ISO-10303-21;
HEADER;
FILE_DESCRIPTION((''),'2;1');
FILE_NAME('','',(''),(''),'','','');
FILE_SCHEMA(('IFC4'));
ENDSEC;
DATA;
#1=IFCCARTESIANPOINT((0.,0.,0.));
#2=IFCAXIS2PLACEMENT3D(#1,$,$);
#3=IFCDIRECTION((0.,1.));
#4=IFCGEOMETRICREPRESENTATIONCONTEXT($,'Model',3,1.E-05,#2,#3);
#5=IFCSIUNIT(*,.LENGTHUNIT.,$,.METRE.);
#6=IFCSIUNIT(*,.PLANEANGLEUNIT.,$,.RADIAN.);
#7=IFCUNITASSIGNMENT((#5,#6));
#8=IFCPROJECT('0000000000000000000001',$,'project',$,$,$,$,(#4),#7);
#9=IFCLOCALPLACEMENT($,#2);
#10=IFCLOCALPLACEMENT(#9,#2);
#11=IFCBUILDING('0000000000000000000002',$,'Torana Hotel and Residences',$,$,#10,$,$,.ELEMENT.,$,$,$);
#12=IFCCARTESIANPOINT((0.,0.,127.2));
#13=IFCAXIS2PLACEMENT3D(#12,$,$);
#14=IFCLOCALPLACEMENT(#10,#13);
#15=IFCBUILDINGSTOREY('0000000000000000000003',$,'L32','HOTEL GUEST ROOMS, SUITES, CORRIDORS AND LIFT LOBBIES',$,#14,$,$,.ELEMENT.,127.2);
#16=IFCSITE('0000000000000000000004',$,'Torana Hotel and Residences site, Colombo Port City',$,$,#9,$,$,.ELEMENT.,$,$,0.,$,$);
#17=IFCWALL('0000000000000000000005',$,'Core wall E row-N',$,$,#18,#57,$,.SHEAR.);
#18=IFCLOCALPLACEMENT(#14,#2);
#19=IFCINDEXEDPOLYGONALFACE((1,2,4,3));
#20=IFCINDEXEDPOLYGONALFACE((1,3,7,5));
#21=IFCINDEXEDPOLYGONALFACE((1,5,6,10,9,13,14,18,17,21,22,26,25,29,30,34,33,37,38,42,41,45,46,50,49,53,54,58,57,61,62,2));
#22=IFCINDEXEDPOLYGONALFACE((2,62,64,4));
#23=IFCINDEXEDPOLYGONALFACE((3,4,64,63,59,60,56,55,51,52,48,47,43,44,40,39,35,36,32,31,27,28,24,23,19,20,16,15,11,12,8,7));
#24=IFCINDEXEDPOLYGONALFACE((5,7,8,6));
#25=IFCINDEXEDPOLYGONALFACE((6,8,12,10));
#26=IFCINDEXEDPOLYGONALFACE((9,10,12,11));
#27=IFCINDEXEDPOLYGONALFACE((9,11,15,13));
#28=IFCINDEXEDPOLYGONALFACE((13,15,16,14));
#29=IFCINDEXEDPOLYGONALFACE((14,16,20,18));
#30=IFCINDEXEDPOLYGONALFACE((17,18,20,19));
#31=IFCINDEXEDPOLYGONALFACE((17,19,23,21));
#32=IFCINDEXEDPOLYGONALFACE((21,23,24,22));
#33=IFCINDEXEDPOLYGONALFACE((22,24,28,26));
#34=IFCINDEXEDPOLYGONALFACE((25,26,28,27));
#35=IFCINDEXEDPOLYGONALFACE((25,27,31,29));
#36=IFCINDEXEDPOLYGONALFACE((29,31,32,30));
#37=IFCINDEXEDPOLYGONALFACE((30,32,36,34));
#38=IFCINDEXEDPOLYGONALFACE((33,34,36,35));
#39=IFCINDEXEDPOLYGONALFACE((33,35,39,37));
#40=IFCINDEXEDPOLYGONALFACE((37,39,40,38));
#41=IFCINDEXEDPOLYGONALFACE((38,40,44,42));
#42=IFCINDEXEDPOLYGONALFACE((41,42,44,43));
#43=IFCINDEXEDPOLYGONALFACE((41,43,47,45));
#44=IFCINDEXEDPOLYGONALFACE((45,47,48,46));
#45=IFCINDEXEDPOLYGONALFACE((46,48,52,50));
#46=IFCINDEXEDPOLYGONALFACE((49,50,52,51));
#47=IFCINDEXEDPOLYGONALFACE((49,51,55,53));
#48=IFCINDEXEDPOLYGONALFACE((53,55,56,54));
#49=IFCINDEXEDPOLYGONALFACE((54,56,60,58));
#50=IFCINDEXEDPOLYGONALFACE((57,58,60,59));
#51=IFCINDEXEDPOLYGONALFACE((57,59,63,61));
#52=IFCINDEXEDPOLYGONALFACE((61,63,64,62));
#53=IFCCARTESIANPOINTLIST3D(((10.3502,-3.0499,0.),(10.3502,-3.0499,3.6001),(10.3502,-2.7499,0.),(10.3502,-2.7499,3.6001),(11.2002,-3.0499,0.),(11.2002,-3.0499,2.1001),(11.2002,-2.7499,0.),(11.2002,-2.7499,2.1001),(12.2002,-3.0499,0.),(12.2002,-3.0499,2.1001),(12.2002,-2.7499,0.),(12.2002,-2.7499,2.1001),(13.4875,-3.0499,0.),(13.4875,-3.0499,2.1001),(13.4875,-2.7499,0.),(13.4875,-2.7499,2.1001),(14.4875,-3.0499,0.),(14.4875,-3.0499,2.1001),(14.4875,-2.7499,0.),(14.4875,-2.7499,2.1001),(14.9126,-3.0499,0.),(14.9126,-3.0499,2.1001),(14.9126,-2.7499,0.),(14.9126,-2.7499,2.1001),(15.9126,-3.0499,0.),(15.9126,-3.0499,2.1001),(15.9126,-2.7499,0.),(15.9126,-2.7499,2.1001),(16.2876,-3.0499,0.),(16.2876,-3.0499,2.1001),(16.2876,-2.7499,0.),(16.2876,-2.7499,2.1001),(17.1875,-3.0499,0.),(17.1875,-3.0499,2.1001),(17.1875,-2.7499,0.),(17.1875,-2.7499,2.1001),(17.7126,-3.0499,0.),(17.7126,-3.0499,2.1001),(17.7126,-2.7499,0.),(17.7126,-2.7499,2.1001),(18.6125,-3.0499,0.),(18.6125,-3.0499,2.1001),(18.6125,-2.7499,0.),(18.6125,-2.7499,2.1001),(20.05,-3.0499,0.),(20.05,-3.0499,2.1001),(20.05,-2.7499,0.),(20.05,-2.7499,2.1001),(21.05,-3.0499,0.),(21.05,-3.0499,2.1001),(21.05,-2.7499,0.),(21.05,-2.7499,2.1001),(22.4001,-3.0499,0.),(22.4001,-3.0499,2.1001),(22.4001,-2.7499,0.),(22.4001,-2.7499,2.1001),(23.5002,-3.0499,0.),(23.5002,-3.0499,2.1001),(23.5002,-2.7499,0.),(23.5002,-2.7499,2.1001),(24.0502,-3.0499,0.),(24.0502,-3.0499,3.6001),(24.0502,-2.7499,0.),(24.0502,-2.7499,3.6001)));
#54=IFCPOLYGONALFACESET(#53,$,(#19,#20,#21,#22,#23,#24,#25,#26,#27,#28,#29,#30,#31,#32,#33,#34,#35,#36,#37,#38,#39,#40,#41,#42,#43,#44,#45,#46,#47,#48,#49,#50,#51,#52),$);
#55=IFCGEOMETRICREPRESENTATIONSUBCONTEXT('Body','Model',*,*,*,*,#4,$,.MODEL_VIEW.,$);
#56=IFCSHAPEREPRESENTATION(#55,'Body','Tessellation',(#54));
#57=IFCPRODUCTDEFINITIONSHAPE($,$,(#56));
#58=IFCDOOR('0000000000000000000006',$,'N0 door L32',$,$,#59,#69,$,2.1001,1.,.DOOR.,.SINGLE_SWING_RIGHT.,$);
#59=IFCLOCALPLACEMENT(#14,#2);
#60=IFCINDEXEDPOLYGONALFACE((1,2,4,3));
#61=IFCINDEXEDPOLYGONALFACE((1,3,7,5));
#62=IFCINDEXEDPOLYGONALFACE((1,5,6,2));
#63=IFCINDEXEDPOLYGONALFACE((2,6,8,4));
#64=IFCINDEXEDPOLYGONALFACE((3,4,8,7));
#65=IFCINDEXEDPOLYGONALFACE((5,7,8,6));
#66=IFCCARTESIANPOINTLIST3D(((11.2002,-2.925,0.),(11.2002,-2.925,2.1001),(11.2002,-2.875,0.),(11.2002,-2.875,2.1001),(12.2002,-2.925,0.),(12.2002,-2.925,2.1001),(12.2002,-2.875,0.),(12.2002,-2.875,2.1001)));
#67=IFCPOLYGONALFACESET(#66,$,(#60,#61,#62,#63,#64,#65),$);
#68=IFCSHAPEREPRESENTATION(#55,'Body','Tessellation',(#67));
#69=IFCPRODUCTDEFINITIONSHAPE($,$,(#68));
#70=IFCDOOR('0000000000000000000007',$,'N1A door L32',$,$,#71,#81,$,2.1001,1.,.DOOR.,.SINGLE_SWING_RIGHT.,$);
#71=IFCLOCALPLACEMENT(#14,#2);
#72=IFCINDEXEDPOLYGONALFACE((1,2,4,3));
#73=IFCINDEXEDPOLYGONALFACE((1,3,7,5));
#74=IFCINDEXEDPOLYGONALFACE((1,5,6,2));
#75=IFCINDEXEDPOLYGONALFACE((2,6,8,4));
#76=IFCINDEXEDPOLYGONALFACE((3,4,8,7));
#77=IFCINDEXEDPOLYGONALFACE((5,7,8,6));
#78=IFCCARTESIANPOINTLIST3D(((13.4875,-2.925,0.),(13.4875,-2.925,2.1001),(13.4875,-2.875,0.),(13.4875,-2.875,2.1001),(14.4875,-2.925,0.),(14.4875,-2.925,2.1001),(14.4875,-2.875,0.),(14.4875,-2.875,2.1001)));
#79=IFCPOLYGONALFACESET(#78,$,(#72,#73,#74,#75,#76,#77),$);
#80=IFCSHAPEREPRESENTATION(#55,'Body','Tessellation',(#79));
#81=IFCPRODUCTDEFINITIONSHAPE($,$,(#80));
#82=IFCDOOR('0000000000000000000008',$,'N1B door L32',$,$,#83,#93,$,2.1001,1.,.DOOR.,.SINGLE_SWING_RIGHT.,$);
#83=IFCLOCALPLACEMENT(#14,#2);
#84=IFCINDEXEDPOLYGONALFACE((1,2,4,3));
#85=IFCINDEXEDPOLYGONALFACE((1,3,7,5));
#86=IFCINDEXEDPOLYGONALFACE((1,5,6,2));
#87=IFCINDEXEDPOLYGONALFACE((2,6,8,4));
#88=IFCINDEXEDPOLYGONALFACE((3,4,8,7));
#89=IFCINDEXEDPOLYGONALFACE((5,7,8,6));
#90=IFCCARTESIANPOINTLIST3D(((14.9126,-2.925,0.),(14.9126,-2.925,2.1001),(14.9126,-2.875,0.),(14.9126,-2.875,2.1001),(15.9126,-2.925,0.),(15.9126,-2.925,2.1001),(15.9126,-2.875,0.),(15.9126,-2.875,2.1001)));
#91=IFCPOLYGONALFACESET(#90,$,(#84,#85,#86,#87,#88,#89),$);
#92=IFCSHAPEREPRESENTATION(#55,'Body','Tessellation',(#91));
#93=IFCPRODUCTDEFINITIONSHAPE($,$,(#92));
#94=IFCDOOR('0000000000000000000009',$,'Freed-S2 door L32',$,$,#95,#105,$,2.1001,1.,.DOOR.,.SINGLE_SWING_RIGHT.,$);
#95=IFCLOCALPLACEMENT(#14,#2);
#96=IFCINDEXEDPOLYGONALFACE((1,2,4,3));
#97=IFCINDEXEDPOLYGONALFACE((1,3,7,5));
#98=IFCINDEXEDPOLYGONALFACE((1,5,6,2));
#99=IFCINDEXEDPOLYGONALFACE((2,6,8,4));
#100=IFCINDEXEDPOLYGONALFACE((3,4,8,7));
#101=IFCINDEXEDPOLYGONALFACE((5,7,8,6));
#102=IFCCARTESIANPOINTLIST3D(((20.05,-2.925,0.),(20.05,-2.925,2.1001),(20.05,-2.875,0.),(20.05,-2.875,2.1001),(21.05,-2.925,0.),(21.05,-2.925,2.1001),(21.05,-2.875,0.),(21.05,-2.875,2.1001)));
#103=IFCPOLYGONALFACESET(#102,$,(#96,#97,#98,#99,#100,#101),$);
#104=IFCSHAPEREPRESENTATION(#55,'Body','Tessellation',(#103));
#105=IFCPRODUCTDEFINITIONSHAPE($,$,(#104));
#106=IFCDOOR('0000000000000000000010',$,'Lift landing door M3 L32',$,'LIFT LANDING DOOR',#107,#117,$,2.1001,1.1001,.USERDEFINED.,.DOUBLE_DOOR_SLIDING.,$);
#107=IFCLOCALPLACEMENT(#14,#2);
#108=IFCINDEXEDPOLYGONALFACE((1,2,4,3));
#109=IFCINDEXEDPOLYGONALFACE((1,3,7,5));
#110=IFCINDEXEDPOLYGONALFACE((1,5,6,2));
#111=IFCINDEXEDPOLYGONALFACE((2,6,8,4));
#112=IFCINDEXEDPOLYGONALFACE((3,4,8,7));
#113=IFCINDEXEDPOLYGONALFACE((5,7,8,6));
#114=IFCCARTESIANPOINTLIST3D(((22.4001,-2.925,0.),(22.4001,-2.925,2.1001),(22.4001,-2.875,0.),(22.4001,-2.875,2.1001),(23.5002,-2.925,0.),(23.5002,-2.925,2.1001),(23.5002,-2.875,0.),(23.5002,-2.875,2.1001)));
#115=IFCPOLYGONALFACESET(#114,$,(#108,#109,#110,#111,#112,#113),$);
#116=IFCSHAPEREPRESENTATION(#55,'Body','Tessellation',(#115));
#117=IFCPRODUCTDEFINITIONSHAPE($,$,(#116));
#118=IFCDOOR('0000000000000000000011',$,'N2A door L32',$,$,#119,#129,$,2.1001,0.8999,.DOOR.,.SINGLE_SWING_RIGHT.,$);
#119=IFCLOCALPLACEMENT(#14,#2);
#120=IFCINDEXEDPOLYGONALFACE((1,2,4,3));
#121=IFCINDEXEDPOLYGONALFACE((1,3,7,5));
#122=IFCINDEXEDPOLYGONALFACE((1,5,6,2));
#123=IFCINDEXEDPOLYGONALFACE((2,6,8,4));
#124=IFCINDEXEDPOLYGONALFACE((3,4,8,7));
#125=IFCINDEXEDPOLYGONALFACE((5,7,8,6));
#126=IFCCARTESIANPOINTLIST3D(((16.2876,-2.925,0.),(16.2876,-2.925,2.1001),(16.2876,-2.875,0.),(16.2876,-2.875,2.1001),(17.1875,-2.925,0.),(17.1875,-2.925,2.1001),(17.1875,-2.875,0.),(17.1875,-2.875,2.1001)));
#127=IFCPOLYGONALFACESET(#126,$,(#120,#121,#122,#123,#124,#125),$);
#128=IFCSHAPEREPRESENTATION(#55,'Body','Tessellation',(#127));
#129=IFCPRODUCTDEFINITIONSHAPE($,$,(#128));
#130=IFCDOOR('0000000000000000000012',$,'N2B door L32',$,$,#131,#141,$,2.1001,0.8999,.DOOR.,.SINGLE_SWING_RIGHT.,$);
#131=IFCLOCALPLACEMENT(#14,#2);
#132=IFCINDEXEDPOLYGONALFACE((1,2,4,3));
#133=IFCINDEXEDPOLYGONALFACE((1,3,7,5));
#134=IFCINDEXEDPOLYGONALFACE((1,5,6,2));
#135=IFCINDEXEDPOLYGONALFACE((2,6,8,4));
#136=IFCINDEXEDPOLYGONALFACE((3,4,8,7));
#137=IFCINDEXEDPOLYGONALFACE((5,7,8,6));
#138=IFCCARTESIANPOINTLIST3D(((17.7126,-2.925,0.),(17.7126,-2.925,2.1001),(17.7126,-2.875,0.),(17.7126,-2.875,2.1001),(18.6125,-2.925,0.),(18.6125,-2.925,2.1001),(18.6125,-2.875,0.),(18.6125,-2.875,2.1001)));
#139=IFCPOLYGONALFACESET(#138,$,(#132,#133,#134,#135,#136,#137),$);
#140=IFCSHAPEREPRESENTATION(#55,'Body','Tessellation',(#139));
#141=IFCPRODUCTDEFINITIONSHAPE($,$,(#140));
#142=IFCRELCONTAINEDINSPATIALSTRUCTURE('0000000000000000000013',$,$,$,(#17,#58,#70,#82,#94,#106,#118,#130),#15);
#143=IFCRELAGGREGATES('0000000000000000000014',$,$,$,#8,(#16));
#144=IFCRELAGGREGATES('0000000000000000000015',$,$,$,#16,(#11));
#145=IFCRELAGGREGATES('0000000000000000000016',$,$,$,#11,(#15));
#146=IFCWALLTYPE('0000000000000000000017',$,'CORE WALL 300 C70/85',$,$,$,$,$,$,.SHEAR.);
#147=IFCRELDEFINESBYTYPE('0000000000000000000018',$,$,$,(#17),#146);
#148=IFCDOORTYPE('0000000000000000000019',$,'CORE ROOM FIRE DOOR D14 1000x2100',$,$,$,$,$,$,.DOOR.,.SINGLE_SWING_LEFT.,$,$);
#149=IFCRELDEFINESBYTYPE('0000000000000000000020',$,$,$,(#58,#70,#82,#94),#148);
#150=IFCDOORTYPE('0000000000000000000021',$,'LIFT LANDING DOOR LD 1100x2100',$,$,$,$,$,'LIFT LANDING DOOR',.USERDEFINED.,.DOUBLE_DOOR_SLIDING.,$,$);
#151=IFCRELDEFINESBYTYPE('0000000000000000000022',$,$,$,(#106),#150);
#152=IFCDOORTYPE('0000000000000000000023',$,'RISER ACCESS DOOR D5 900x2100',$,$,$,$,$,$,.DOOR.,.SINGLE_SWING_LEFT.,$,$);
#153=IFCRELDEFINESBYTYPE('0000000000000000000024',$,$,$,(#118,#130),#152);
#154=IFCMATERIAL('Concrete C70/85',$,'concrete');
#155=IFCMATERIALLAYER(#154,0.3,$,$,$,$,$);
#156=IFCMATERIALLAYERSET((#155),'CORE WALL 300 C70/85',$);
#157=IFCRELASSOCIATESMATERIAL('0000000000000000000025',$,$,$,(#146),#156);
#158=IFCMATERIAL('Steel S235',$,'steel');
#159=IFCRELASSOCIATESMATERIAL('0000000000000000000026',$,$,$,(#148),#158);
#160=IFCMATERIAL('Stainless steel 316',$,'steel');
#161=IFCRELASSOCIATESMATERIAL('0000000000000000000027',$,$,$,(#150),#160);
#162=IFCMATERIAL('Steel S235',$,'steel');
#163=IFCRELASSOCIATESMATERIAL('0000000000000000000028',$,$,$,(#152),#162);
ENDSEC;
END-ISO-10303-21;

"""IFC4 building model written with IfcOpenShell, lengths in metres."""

from ifc_helpers import new_model, si_unit, direction, frame, frame_2d, origin, place, context, subcontext, project, spatial, rectangle, extrude, material, layer, layer_set, type_object, element, fill, save


model = new_model("IFC4")

# Units and contexts
model_context = context("Model", 3, precision=1e-05, world=origin(), true_north=direction((0.0, 1.0)))
body_context = subcontext(model_context, "Body", "Model", "MODEL_VIEW")
ifc_project = project(units=[si_unit("LENGTHUNIT", "METRE"), si_unit("PLANEANGLEUNIT", "RADIAN")], contexts=[model_context])

# Site, building, storey
site_placement = place(None, origin())
site = spatial("IfcSite", under=ifc_project, at=site_placement, Name="Torana Hotel and Residences site, Colombo Port City", CompositionType="ELEMENT", RefElevation=0.0)
building_placement = place(site_placement, origin())
building = spatial("IfcBuilding", under=site, at=building_placement, Name="Torana Hotel and Residences", CompositionType="ELEMENT")
storey_placement = place(building_placement, frame((0.0, 0.0, 127.2)))
storey = spatial("IfcBuildingStorey", under=building, at=storey_placement, Name="L32", Description="HOTEL GUEST ROOMS, SUITES, CORRIDORS AND LIFT LOBBIES", CompositionType="ELEMENT", Elevation=127.2)

# Wall, openings, doors
ifc_material_1 = material(Name="Concrete C70/85", Category="concrete")
ifc_layer_1 = layer(ifc_material_1, 0.3)
ifc_layer_set_1 = layer_set([ifc_layer_1], Name="CORE WALL 300 C70/85")
wall_type_1 = type_object("IfcWallType", Name="CORE WALL 300 C70/85", PredefinedType="SHEAR", material=ifc_layer_set_1)
wall_1_placement = place(storey_placement, frame((10.3501, -2.8999, 0.0), z_axis=(0.0, 0.0, 1.0), x_axis=(1.0, 0.0, 0.0)))
wall_1 = element("IfcWall", 1, at=wall_1_placement, inside=storey, type_object=wall_type_1, Name="Core wall E row-N", PredefinedType="SHEAR", context=body_context, shape_type="SweptSolid", body=[
    extrude(rectangle(XDim=13.7, YDim=0.3, at=frame_2d((6.8501, 0.0))), origin(), (0.0, 0.0, 1.0), 3.6001),
])
opening_1_placement = place(wall_1_placement, frame((12.05, 0.0, 0.0)))
opening_1 = element("IfcOpeningElement", 2, at=opening_1_placement, cuts=wall_1, PredefinedType="OPENING", context=body_context, shape_type="SweptSolid", body=[
    extrude(rectangle(XDim=1.1001, YDim=2.1001, at=frame_2d((0.55, 1.05))), frame((0.0, 0.1599, 0.0), z_axis=(0.0, -1.0, 0.0), x_axis=(1.0, 0.0, 0.0)), (0.0, 0.0, 1.0), 0.3201),
])
opening_2_placement = place(wall_1_placement, frame((5.9375, 0.0, 0.0)))
opening_2 = element("IfcOpeningElement", 3, at=opening_2_placement, cuts=wall_1, PredefinedType="OPENING", context=body_context, shape_type="SweptSolid", body=[
    extrude(rectangle(XDim=0.8999, YDim=2.1001, at=frame_2d((0.45, 1.05))), frame((0.0, 0.1599, 0.0), z_axis=(0.0, -1.0, 0.0), x_axis=(1.0, 0.0, 0.0)), (0.0, 0.0, 1.0), 0.3201),
])
opening_3_placement = place(wall_1_placement, frame((7.3625, 0.0, 0.0)))
opening_3 = element("IfcOpeningElement", 4, at=opening_3_placement, cuts=wall_1, PredefinedType="OPENING", context=body_context, shape_type="SweptSolid", body=[
    extrude(rectangle(XDim=0.8999, YDim=2.1001, at=frame_2d((0.45, 1.05))), frame((0.0, 0.1599, 0.0), z_axis=(0.0, -1.0, 0.0), x_axis=(1.0, 0.0, 0.0)), (0.0, 0.0, 1.0), 0.3201),
])
opening_4_placement = place(wall_1_placement, frame((0.8501, 0.0, 0.0)))
opening_4 = element("IfcOpeningElement", 5, at=opening_4_placement, cuts=wall_1, PredefinedType="OPENING", context=body_context, shape_type="SweptSolid", body=[
    extrude(rectangle(XDim=1.0, YDim=2.1001, at=frame_2d((0.5, 1.05))), frame((0.0, 0.1599, 0.0), z_axis=(0.0, -1.0, 0.0), x_axis=(1.0, 0.0, 0.0)), (0.0, 0.0, 1.0), 0.3201),
])
opening_5_placement = place(wall_1_placement, frame((3.1375, 0.0, 0.0)))
opening_5 = element("IfcOpeningElement", 6, at=opening_5_placement, cuts=wall_1, PredefinedType="OPENING", context=body_context, shape_type="SweptSolid", body=[
    extrude(rectangle(XDim=1.0, YDim=2.1001, at=frame_2d((0.5, 1.05))), frame((0.0, 0.1599, 0.0), z_axis=(0.0, -1.0, 0.0), x_axis=(1.0, 0.0, 0.0)), (0.0, 0.0, 1.0), 0.3201),
])
opening_6_placement = place(wall_1_placement, frame((4.5625, 0.0, 0.0)))
opening_6 = element("IfcOpeningElement", 7, at=opening_6_placement, cuts=wall_1, PredefinedType="OPENING", context=body_context, shape_type="SweptSolid", body=[
    extrude(rectangle(XDim=1.0, YDim=2.1001, at=frame_2d((0.5, 1.05))), frame((0.0, 0.1599, 0.0), z_axis=(0.0, -1.0, 0.0), x_axis=(1.0, 0.0, 0.0)), (0.0, 0.0, 1.0), 0.3201),
])
opening_7_placement = place(wall_1_placement, frame((9.7, 0.0, 0.0)))
opening_7 = element("IfcOpeningElement", 8, at=opening_7_placement, cuts=wall_1, PredefinedType="OPENING", context=body_context, shape_type="SweptSolid", body=[
    extrude(rectangle(XDim=1.0, YDim=2.1001, at=frame_2d((0.5, 1.05))), frame((0.0, 0.1599, 0.0), z_axis=(0.0, -1.0, 0.0), x_axis=(1.0, 0.0, 0.0)), (0.0, 0.0, 1.0), 0.3201),
])
ifc_material_2 = material(Name="Steel S235", Category="steel")
door_type_1 = type_object("IfcDoorType", Name="CORE ROOM FIRE DOOR D14 1000x2100", OperationType="SINGLE_SWING_LEFT", PredefinedType="DOOR", material=ifc_material_2)
door_1_placement = place(opening_4_placement, origin())
door_1 = element("IfcDoor", 9, at=door_1_placement, inside=storey, type_object=door_type_1, Name="N0 door L32", OperationType="SINGLE_SWING_RIGHT", OverallHeight=2.1001, OverallWidth=1.0, PredefinedType="DOOR", context=body_context, shape_type="SweptSolid", body=[
    extrude(rectangle(XDim=1.0, YDim=2.1001, at=frame_2d((0.5, 1.05))), frame((0.0, 0.0249, 0.0), z_axis=(0.0, -1.0, 0.0), x_axis=(1.0, 0.0, 0.0)), (0.0, 0.0, 1.0), 0.05),
])
fill(opening_4, door_1)
door_2_placement = place(opening_5_placement, origin())
door_2 = element("IfcDoor", 10, at=door_2_placement, inside=storey, type_object=door_type_1, Name="N1A door L32", OperationType="SINGLE_SWING_RIGHT", OverallHeight=2.1001, OverallWidth=1.0, PredefinedType="DOOR", context=body_context, shape_type="SweptSolid", body=[
    extrude(rectangle(XDim=1.0, YDim=2.1001, at=frame_2d((0.5, 1.05))), frame((0.0, 0.0249, 0.0), z_axis=(0.0, -1.0, 0.0), x_axis=(1.0, 0.0, 0.0)), (0.0, 0.0, 1.0), 0.05),
])
fill(opening_5, door_2)
door_3_placement = place(opening_6_placement, origin())
door_3 = element("IfcDoor", 11, at=door_3_placement, inside=storey, type_object=door_type_1, Name="N1B door L32", OperationType="SINGLE_SWING_RIGHT", OverallHeight=2.1001, OverallWidth=1.0, PredefinedType="DOOR", context=body_context, shape_type="SweptSolid", body=[
    extrude(rectangle(XDim=1.0, YDim=2.1001, at=frame_2d((0.5, 1.05))), frame((0.0, 0.0249, 0.0), z_axis=(0.0, -1.0, 0.0), x_axis=(1.0, 0.0, 0.0)), (0.0, 0.0, 1.0), 0.05),
])
fill(opening_6, door_3)
door_4_placement = place(opening_7_placement, origin())
door_4 = element("IfcDoor", 12, at=door_4_placement, inside=storey, type_object=door_type_1, Name="Freed-S2 door L32", OperationType="SINGLE_SWING_RIGHT", OverallHeight=2.1001, OverallWidth=1.0, PredefinedType="DOOR", context=body_context, shape_type="SweptSolid", body=[
    extrude(rectangle(XDim=1.0, YDim=2.1001, at=frame_2d((0.5, 1.05))), frame((0.0, 0.0249, 0.0), z_axis=(0.0, -1.0, 0.0), x_axis=(1.0, 0.0, 0.0)), (0.0, 0.0, 1.0), 0.05),
])
fill(opening_7, door_4)
ifc_material_3 = material(Name="Stainless steel 316", Category="steel")
door_type_2 = type_object("IfcDoorType", Name="LIFT LANDING DOOR LD 1100x2100", ElementType="LIFT LANDING DOOR", OperationType="DOUBLE_DOOR_SLIDING", PredefinedType="USERDEFINED", material=ifc_material_3)
door_5_placement = place(opening_1_placement, origin())
door_5 = element("IfcDoor", 13, at=door_5_placement, inside=storey, type_object=door_type_2, Name="Lift landing door M3 L32", ObjectType="LIFT LANDING DOOR", OperationType="DOUBLE_DOOR_SLIDING", OverallHeight=2.1001, OverallWidth=1.1001, PredefinedType="USERDEFINED", context=body_context, shape_type="SweptSolid", body=[
    extrude(rectangle(XDim=1.1001, YDim=2.1001, at=frame_2d((0.55, 1.05))), frame((0.0, 0.0249, 0.0), z_axis=(0.0, -1.0, 0.0), x_axis=(1.0, 0.0, 0.0)), (0.0, 0.0, 1.0), 0.05),
])
fill(opening_1, door_5)
ifc_material_4 = material(Name="Steel S235", Category="steel")
door_type_3 = type_object("IfcDoorType", Name="RISER ACCESS DOOR D5 900x2100", OperationType="SINGLE_SWING_LEFT", PredefinedType="DOOR", material=ifc_material_4)
door_6_placement = place(opening_2_placement, origin())
door_6 = element("IfcDoor", 14, at=door_6_placement, inside=storey, type_object=door_type_3, Name="N2A door L32", OperationType="SINGLE_SWING_RIGHT", OverallHeight=2.1001, OverallWidth=0.8999, PredefinedType="DOOR", context=body_context, shape_type="SweptSolid", body=[
    extrude(rectangle(XDim=0.8999, YDim=2.1001, at=frame_2d((0.45, 1.05))), frame((0.0, 0.0249, 0.0), z_axis=(0.0, -1.0, 0.0), x_axis=(1.0, 0.0, 0.0)), (0.0, 0.0, 1.0), 0.05),
])
fill(opening_2, door_6)
door_7_placement = place(opening_3_placement, origin())
door_7 = element("IfcDoor", 15, at=door_7_placement, inside=storey, type_object=door_type_3, Name="N2B door L32", OperationType="SINGLE_SWING_RIGHT", OverallHeight=2.1001, OverallWidth=0.8999, PredefinedType="DOOR", context=body_context, shape_type="SweptSolid", body=[
    extrude(rectangle(XDim=0.8999, YDim=2.1001, at=frame_2d((0.45, 1.05))), frame((0.0, 0.0249, 0.0), z_axis=(0.0, -1.0, 0.0), x_axis=(1.0, 0.0, 0.0)), (0.0, 0.0, 1.0), 0.05),
])
fill(opening_3, door_7)

save(model, "model.ifc")
